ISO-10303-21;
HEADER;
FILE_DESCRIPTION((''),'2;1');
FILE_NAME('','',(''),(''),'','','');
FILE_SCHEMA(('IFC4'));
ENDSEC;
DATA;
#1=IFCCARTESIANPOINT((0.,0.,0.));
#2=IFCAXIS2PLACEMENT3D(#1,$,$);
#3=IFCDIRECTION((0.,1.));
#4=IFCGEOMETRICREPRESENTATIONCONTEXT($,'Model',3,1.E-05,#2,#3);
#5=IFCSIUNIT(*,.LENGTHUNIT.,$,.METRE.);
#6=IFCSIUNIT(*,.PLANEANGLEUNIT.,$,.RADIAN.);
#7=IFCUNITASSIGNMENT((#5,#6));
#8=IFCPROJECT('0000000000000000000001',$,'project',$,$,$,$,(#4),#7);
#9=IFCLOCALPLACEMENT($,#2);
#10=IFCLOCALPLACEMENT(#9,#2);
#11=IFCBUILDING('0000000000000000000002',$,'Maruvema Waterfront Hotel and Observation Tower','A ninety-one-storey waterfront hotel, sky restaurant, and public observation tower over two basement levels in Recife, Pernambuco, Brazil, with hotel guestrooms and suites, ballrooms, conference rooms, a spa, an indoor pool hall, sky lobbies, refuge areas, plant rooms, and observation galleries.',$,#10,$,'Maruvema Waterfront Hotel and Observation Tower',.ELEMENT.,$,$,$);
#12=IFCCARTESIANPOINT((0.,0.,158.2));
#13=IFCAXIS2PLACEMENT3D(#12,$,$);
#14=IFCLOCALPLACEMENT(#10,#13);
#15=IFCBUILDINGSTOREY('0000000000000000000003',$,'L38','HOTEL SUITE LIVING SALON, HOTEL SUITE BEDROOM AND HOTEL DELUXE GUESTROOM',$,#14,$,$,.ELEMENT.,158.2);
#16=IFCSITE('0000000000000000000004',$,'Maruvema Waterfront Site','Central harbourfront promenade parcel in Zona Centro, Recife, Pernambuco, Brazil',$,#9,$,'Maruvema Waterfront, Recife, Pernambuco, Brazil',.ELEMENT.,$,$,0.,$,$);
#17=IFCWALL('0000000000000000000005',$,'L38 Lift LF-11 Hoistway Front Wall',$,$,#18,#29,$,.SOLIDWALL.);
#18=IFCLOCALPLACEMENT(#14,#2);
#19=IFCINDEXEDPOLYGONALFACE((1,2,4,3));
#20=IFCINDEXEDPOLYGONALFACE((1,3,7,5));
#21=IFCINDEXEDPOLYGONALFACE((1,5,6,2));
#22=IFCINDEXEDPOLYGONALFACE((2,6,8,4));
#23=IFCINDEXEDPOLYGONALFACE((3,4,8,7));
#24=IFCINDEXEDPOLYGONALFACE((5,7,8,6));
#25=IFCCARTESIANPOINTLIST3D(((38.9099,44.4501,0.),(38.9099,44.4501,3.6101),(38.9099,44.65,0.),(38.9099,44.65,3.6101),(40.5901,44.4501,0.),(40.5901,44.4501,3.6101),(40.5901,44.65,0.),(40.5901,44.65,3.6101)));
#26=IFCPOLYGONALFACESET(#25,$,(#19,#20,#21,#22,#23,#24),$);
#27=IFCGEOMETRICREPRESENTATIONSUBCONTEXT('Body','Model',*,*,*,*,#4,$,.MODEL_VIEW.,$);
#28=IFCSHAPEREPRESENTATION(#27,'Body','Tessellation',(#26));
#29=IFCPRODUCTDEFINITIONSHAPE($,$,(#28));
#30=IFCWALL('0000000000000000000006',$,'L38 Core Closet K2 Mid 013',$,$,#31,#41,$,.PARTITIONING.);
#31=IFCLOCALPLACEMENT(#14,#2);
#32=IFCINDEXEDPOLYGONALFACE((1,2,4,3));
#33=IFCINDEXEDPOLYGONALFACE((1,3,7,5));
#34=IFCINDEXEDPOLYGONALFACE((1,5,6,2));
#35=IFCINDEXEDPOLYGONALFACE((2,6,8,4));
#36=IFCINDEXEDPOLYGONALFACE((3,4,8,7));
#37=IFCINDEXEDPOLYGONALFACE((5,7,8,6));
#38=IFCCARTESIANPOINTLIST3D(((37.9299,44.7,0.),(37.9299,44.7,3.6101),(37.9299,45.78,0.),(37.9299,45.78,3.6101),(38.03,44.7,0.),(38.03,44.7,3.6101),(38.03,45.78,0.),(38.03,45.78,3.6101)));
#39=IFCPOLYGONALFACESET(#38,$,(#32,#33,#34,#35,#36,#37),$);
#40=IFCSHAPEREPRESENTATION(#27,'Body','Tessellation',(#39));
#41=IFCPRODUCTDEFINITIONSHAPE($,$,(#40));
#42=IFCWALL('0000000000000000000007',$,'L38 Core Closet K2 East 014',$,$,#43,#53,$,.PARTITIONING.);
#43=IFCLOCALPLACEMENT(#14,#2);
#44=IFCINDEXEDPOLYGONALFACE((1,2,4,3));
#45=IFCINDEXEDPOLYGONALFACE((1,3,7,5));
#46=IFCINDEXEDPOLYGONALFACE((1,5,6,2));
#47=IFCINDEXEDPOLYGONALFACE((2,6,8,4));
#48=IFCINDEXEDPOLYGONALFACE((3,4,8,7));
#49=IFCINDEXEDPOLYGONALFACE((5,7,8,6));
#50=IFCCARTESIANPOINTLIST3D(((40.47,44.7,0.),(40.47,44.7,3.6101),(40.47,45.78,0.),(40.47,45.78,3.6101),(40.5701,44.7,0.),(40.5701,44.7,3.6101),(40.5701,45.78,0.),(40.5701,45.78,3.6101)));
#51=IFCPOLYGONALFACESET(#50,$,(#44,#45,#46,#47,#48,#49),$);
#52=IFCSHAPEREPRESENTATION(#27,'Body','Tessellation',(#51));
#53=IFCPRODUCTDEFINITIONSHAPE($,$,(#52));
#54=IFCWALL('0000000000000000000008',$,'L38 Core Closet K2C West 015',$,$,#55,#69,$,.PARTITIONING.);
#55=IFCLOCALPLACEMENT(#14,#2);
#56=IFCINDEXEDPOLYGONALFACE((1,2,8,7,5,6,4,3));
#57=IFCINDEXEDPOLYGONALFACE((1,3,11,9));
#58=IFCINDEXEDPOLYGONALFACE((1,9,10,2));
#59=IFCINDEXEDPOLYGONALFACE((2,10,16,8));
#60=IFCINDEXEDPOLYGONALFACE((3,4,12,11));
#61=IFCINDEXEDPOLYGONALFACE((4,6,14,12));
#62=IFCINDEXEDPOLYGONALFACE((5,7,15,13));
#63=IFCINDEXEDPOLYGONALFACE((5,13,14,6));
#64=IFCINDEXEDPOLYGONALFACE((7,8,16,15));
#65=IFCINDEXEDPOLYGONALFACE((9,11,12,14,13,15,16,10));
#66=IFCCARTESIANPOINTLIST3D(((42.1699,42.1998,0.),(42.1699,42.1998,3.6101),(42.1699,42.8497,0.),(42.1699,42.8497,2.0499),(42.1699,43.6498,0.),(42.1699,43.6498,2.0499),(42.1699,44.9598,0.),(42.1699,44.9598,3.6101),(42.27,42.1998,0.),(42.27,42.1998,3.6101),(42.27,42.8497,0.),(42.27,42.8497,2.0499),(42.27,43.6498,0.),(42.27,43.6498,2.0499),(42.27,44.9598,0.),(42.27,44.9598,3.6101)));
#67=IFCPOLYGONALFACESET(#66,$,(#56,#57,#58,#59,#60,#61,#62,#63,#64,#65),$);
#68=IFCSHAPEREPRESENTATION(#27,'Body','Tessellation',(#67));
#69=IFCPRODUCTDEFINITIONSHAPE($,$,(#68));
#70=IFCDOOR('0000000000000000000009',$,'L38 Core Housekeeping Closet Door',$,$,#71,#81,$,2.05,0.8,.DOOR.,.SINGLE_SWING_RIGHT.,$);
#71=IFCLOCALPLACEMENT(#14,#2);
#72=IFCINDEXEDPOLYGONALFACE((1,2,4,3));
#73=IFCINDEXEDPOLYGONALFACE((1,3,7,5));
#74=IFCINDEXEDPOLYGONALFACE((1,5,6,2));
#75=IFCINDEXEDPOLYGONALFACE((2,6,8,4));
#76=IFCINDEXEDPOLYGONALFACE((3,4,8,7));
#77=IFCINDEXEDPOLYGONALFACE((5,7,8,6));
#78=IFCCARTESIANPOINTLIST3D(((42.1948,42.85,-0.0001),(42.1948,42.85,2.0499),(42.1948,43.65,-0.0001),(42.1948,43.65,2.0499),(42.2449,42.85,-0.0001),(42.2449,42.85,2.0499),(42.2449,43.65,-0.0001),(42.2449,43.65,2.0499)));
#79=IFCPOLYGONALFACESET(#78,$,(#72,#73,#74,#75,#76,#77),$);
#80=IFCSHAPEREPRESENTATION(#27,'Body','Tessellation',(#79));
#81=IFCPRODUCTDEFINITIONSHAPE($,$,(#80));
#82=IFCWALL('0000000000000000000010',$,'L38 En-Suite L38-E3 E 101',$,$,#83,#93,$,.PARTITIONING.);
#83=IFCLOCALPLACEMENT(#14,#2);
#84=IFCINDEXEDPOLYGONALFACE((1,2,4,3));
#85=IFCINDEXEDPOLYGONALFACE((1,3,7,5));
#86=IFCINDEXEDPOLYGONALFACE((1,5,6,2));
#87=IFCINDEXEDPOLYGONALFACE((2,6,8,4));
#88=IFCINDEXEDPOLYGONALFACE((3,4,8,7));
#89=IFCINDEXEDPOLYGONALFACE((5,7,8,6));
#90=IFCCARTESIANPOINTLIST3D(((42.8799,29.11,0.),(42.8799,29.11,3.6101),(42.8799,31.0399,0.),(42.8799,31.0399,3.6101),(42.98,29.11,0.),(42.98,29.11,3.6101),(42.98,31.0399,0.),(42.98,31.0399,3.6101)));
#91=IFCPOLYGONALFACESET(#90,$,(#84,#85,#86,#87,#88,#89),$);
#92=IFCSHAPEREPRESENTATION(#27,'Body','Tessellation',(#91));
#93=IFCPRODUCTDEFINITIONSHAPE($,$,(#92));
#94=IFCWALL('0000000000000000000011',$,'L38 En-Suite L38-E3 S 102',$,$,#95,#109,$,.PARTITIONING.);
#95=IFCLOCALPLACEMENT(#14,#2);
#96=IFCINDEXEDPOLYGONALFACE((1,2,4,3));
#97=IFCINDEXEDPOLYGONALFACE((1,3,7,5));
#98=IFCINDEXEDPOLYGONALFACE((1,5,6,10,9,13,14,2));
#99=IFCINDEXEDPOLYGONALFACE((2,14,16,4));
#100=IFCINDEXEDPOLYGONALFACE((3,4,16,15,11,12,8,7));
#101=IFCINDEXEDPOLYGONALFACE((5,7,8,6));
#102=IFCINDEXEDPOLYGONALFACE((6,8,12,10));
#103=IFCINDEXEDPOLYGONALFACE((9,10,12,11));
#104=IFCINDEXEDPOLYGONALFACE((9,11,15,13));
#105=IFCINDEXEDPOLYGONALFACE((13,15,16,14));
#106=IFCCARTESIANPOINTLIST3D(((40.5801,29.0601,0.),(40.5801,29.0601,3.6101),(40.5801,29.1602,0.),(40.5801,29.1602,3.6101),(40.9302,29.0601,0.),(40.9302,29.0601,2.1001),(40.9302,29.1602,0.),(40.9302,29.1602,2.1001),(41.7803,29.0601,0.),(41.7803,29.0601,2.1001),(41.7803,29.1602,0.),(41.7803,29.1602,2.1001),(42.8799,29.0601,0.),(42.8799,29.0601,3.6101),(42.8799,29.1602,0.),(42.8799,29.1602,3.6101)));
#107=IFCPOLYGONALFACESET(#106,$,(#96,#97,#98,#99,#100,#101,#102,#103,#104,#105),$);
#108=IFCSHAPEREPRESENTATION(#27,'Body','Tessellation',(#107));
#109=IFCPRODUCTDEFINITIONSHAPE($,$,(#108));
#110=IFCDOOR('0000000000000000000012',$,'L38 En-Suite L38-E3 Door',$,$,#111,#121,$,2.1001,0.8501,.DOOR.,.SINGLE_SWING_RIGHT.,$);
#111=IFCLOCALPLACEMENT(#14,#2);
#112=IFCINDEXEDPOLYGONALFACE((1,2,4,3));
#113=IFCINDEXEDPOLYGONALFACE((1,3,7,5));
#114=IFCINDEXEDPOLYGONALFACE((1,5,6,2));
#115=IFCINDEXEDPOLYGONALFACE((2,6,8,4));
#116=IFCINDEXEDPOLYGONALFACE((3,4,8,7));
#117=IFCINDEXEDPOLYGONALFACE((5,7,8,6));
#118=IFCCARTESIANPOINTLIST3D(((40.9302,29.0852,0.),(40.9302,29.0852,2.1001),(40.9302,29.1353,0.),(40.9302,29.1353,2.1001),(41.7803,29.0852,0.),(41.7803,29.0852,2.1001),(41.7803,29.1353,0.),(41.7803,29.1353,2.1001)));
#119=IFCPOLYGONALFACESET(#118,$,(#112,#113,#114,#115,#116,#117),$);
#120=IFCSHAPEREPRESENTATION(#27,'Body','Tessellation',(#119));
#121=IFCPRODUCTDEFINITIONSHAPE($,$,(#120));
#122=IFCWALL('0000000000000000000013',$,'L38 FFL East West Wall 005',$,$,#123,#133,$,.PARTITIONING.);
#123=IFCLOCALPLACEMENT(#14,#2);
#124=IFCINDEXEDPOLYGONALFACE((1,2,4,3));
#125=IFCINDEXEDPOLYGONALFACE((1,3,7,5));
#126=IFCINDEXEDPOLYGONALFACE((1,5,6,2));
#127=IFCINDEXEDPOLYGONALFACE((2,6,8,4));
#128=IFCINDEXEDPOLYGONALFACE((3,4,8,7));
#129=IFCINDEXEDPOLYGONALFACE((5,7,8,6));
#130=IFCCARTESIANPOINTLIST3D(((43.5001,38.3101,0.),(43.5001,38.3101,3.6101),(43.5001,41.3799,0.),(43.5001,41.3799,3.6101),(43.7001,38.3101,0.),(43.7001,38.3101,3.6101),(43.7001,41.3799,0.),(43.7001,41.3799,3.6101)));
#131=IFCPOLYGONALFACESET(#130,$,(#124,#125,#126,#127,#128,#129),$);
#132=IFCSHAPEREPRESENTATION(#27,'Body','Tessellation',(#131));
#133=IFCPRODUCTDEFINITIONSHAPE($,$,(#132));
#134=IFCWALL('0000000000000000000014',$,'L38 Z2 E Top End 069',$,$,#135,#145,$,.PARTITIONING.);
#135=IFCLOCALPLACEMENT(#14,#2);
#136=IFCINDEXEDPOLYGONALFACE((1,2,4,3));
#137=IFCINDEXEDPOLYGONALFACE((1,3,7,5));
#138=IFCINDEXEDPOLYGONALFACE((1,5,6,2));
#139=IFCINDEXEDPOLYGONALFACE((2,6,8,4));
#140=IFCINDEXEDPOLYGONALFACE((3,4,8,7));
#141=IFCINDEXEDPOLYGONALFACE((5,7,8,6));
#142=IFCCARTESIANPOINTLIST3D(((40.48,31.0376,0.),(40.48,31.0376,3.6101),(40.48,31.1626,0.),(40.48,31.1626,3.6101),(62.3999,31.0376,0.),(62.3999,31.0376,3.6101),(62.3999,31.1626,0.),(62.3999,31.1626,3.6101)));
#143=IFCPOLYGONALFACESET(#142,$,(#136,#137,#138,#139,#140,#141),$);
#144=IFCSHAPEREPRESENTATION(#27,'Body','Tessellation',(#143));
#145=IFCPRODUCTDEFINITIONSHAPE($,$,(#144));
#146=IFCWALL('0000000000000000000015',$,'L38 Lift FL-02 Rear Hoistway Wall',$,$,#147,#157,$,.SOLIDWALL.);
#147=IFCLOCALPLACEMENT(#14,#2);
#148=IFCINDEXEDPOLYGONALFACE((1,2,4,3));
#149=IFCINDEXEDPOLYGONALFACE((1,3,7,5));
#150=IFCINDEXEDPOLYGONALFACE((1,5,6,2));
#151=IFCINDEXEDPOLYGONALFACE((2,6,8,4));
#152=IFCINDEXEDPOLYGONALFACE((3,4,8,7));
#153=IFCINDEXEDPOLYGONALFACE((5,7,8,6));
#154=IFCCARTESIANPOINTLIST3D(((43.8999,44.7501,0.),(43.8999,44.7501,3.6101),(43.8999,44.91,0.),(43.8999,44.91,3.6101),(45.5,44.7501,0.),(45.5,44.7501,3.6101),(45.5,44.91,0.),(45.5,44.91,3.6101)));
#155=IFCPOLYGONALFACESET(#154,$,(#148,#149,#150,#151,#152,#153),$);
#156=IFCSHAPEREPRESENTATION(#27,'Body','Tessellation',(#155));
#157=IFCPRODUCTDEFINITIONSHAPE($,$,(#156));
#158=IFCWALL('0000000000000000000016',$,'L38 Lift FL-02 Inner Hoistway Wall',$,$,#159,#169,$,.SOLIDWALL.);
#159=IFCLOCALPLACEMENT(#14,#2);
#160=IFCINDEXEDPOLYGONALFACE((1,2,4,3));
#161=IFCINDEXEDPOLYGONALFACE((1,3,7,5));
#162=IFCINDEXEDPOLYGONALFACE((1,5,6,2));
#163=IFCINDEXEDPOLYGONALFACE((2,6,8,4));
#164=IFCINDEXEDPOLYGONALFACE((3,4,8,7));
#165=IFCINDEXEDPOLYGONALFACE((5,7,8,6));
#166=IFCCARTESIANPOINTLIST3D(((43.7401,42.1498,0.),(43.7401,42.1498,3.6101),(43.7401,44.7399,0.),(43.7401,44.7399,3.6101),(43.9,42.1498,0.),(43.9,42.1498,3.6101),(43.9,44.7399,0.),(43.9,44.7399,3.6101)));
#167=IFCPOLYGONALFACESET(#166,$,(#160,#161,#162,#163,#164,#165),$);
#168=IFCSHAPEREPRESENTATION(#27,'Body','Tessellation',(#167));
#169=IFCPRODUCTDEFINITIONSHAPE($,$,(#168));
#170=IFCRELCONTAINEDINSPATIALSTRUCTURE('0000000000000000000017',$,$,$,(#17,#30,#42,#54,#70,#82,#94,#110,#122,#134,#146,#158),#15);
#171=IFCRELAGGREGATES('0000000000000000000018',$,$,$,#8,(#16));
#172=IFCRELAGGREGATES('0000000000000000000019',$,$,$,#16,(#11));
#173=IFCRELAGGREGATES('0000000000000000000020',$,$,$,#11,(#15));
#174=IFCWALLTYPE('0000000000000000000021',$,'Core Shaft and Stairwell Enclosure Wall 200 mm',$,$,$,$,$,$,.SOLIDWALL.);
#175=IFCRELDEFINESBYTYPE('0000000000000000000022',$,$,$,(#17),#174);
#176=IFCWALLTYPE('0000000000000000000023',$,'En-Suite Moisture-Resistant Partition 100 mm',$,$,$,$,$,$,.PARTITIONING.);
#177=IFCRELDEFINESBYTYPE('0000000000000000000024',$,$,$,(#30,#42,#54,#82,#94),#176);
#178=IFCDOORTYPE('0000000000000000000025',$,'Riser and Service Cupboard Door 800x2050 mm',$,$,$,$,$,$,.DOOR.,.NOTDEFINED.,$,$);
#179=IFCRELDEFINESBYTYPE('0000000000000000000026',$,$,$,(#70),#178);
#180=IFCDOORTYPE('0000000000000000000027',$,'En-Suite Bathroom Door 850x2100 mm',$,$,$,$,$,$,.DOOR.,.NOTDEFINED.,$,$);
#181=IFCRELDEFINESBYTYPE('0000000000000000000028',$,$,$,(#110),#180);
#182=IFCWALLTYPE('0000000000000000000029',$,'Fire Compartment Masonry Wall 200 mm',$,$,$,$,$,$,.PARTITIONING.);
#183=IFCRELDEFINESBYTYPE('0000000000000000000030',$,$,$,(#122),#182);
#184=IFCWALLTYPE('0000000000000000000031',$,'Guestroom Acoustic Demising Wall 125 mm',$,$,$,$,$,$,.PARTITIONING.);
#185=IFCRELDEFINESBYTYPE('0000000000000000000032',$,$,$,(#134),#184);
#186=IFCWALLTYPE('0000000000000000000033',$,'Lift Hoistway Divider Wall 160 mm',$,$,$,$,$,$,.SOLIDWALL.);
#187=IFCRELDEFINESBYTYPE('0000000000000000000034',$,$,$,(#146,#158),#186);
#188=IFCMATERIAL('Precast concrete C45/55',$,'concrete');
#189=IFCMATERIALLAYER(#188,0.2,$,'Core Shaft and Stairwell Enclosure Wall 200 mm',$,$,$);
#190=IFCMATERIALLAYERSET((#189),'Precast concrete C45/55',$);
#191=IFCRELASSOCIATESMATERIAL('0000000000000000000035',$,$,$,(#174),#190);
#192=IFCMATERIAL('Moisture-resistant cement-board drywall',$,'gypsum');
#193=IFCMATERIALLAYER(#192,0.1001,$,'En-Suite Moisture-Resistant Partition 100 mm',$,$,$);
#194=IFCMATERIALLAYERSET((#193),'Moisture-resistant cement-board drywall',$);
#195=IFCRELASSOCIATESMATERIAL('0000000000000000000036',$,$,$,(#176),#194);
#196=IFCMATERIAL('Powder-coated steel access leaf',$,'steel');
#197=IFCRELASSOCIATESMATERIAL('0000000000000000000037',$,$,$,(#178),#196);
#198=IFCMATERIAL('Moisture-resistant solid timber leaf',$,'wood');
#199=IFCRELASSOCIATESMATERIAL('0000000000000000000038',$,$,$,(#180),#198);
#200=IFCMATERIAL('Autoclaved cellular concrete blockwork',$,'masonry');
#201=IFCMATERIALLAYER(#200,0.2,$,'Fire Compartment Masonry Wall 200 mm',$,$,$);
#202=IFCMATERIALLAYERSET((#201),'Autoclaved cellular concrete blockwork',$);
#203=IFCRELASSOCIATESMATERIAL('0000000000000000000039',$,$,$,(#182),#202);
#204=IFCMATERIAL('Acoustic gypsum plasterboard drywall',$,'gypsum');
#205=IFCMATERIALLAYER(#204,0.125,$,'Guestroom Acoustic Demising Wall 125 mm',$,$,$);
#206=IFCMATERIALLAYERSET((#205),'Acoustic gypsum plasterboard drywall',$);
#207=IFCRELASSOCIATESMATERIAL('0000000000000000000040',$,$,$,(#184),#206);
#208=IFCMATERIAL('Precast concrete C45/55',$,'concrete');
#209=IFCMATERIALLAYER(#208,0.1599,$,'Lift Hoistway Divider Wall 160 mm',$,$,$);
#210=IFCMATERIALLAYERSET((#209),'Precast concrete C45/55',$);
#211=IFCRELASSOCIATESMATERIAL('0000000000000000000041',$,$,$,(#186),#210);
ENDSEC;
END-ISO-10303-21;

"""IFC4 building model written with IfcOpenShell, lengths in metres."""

from ifc_helpers import new_model, si_unit, direction, frame, frame_2d, origin, place, context, subcontext, project, spatial, rectangle, extrude, material, layer, layer_set, type_object, element, fill, save


model = new_model("IFC4")

# Units and contexts
model_context = context("Model", 3, precision=1e-05, world=origin(), true_north=direction((0.0, 1.0)))
body_context = subcontext(model_context, "Body", "Model", "MODEL_VIEW")
ifc_project = project(units=[si_unit("LENGTHUNIT", "METRE"), si_unit("PLANEANGLEUNIT", "RADIAN")], contexts=[model_context])

# Site, building, storey
site_placement = place(None, origin())
site = spatial("IfcSite", under=ifc_project, at=site_placement, Name="Maruvema Waterfront Site", Description="Central harbourfront promenade parcel in Zona Centro, Recife, Pernambuco, Brazil", LongName="Maruvema Waterfront, Recife, Pernambuco, Brazil", CompositionType="ELEMENT", RefElevation=0.0)
building_placement = place(site_placement, origin())
building = spatial("IfcBuilding", under=site, at=building_placement, Name="Maruvema Waterfront Hotel and Observation Tower", Description="A ninety-one-storey waterfront hotel, sky restaurant, and public observation tower over two basement levels in Recife, Pernambuco, Brazil, with hotel guestrooms and suites, ballrooms, conference rooms, a spa, an indoor pool hall, sky lobbies, refuge areas, plant rooms, and observation galleries.", LongName="Maruvema Waterfront Hotel and Observation Tower", CompositionType="ELEMENT")
storey_placement = place(building_placement, frame((0.0, 0.0, 158.2)))
storey = spatial("IfcBuildingStorey", under=building, at=storey_placement, Name="L38", Description="HOTEL SUITE LIVING SALON, HOTEL SUITE BEDROOM AND HOTEL DELUXE GUESTROOM", CompositionType="ELEMENT", Elevation=158.2)

# Wall
ifc_material_1 = material(Name="Precast concrete C45/55", Category="concrete")
ifc_layer_1 = layer(ifc_material_1, 0.2, Name="Core Shaft and Stairwell Enclosure Wall 200 mm")
ifc_layer_set_1 = layer_set([ifc_layer_1], Name="Precast concrete C45/55")
wall_type_1 = type_object("IfcWallType", Name="Core Shaft and Stairwell Enclosure Wall 200 mm", PredefinedType="SOLIDWALL", material=ifc_layer_set_1)
wall_1_placement = place(storey_placement, frame((38.9099, 44.55, 0.0), z_axis=(0.0, 0.0, 1.0), x_axis=(1.0, 0.0, 0.0)))
element("IfcWall", 1, at=wall_1_placement, inside=storey, type_object=wall_type_1, Name="L38 Lift LF-11 Hoistway Front Wall", PredefinedType="SOLIDWALL", context=body_context, shape_type="SweptSolid", body=[
    extrude(rectangle(XDim=1.6802, YDim=0.2, at=frame_2d((0.8401, 0.0))), origin(), (0.0, 0.0, 1.0), 3.6101),
])

# Walls
ifc_material_2 = material(Name="Moisture-resistant cement-board drywall", Category="gypsum")
ifc_layer_2 = layer(ifc_material_2, 0.1001, Name="En-Suite Moisture-Resistant Partition 100 mm")
ifc_layer_set_2 = layer_set([ifc_layer_2], Name="Moisture-resistant cement-board drywall")
wall_type_2 = type_object("IfcWallType", Name="En-Suite Moisture-Resistant Partition 100 mm", PredefinedType="PARTITIONING", material=ifc_layer_set_2)
for number, where, z_axis, x_axis, name in (
    (2, (37.98, 44.7, 0.0), (0.0, 0.0, 1.0), (0.0, 1.0, 0.0), "L38 Core Closet K2 Mid 013"),
    (3, (40.52, 44.7, 0.0), (0.0, 0.0, 1.0), (0.0, 1.0, 0.0), "L38 Core Closet K2 East 014"),
):
    element("IfcWall", number, at=place(storey_placement, frame(where, z_axis=z_axis, x_axis=x_axis)), inside=storey, type_object=wall_type_2, Name=name, PredefinedType="PARTITIONING", context=body_context, shape_type="SweptSolid", body=[
        extrude(rectangle(XDim=1.0801, YDim=0.1001, at=frame_2d((0.54, 0.0))), origin(), (0.0, 0.0, 1.0), 3.6101),
    ])

# Wall, opening, door
wall_2_placement = place(storey_placement, frame((42.22, 42.2, 0.0), z_axis=(0.0, 0.0, 1.0), x_axis=(0.0, 1.0, 0.0)))
wall_2 = element("IfcWall", 4, at=wall_2_placement, inside=storey, type_object=wall_type_2, Name="L38 Core Closet K2C West 015", PredefinedType="PARTITIONING", context=body_context, shape_type="SweptSolid", body=[
    extrude(rectangle(XDim=2.76, YDim=0.1001, at=frame_2d((1.3799, 0.0))), origin(), (0.0, 0.0, 1.0), 3.6101),
])
opening_1_placement = place(wall_2_placement, frame((0.6499, 0.0, 0.0)))
opening_1 = element("IfcOpeningElement", 5, at=opening_1_placement, cuts=wall_2, PredefinedType="OPENING", context=body_context, shape_type="SweptSolid", body=[
    extrude(rectangle(XDim=0.8, YDim=2.05, at=frame_2d((0.3999, 1.0249))), frame((0.0, 0.0601, 0.0), z_axis=(0.0, -1.0, 0.0), x_axis=(1.0, 0.0, 0.0)), (0.0, 0.0, 1.0), 0.1201),
])
ifc_material_3 = material(Name="Powder-coated steel access leaf", Category="steel")
door_type_1 = type_object("IfcDoorType", Name="Riser and Service Cupboard Door 800x2050 mm", OperationType="NOTDEFINED", PredefinedType="DOOR", material=ifc_material_3)
door_1_placement = place(opening_1_placement, frame((0.8, 0.0, 0.0), z_axis=(0.0, 0.0, 1.0), x_axis=(-1.0, 0.0, 0.0)))
door_1 = element("IfcDoor", 6, at=door_1_placement, inside=storey, type_object=door_type_1, Name="L38 Core Housekeeping Closet Door", OperationType="SINGLE_SWING_RIGHT", OverallHeight=2.05, OverallWidth=0.8, PredefinedType="DOOR", context=body_context, shape_type="SweptSolid", body=[
    extrude(rectangle(XDim=0.8, YDim=2.05, at=frame_2d((0.3999, 1.0249))), frame((0.0, 0.0249, 0.0), z_axis=(0.0, -1.0, 0.0), x_axis=(1.0, 0.0, 0.0)), (0.0, 0.0, 1.0), 0.05),
])
fill(opening_1, door_1)

# Wall
wall_3_placement = place(storey_placement, frame((42.9299, 29.1101, 0.0), z_axis=(0.0, 0.0, 1.0), x_axis=(0.0, 1.0, 0.0)))
element("IfcWall", 7, at=wall_3_placement, inside=storey, type_object=wall_type_2, Name="L38 En-Suite L38-E3 E 101", PredefinedType="PARTITIONING", context=body_context, shape_type="SweptSolid", body=[
    extrude(rectangle(XDim=1.9299, YDim=0.1001, at=frame_2d((0.9648, 0.0))), origin(), (0.0, 0.0, 1.0), 3.6101),
])

# Wall, opening, door
wall_4_placement = place(storey_placement, frame((40.5801, 29.1101, 0.0), z_axis=(0.0, 0.0, 1.0), x_axis=(1.0, 0.0, 0.0)))
wall_4 = element("IfcWall", 8, at=wall_4_placement, inside=storey, type_object=wall_type_2, Name="L38 En-Suite L38-E3 S 102", PredefinedType="PARTITIONING", context=body_context, shape_type="SweptSolid", body=[
    extrude(rectangle(XDim=2.2998, YDim=0.1001, at=frame_2d((1.1499, 0.0))), origin(), (0.0, 0.0, 1.0), 3.6101),
])
opening_2_placement = place(wall_4_placement, frame((0.3501, 0.0, 0.0)))
opening_2 = element("IfcOpeningElement", 9, at=opening_2_placement, cuts=wall_4, PredefinedType="OPENING", context=body_context, shape_type="SweptSolid", body=[
    extrude(rectangle(XDim=0.8501, YDim=2.1001, at=frame_2d((0.425, 1.05))), frame((0.0, 0.0601, 0.0), z_axis=(0.0, -1.0, 0.0), x_axis=(1.0, 0.0, 0.0)), (0.0, 0.0, 1.0), 0.1201),
])
ifc_material_4 = material(Name="Moisture-resistant solid timber leaf", Category="wood")
door_type_2 = type_object("IfcDoorType", Name="En-Suite Bathroom Door 850x2100 mm", OperationType="NOTDEFINED", PredefinedType="DOOR", material=ifc_material_4)
door_2_placement = place(opening_2_placement, frame((0.8501, 0.0, 0.0), z_axis=(0.0, 0.0, 1.0), x_axis=(-1.0, 0.0, 0.0)))
door_2 = element("IfcDoor", 10, at=door_2_placement, inside=storey, type_object=door_type_2, Name="L38 En-Suite L38-E3 Door", OperationType="SINGLE_SWING_RIGHT", OverallHeight=2.1001, OverallWidth=0.8501, PredefinedType="DOOR", context=body_context, shape_type="SweptSolid", body=[
    extrude(rectangle(XDim=0.8501, YDim=2.1001, at=frame_2d((0.425, 1.05))), frame((0.0, 0.0249, 0.0), z_axis=(0.0, -1.0, 0.0), x_axis=(1.0, 0.0, 0.0)), (0.0, 0.0, 1.0), 0.05),
])
fill(opening_2, door_2)
ifc_material_5 = material(Name="Autoclaved cellular concrete blockwork", Category="masonry")
ifc_layer_3 = layer(ifc_material_5, 0.2, Name="Fire Compartment Masonry Wall 200 mm")
ifc_layer_set_3 = layer_set([ifc_layer_3], Name="Autoclaved cellular concrete blockwork")
wall_type_3 = type_object("IfcWallType", Name="Fire Compartment Masonry Wall 200 mm", PredefinedType="PARTITIONING", material=ifc_layer_set_3)

# Walls
wall_5_placement = place(storey_placement, frame((43.6001, 38.3101, 0.0), z_axis=(0.0, 0.0, 1.0), x_axis=(0.0, 1.0, 0.0)))
element("IfcWall", 11, at=wall_5_placement, inside=storey, type_object=wall_type_3, Name="L38 FFL East West Wall 005", PredefinedType="PARTITIONING", context=body_context, shape_type="SweptSolid", body=[
    extrude(rectangle(XDim=3.0698, YDim=0.2, at=frame_2d((1.5349, 0.0))), origin(), (0.0, 0.0, 1.0), 3.6101),
])
ifc_material_6 = material(Name="Acoustic gypsum plasterboard drywall", Category="gypsum")
ifc_layer_4 = layer(ifc_material_6, 0.125, Name="Guestroom Acoustic Demising Wall 125 mm")
ifc_layer_set_4 = layer_set([ifc_layer_4], Name="Acoustic gypsum plasterboard drywall")
wall_type_4 = type_object("IfcWallType", Name="Guestroom Acoustic Demising Wall 125 mm", PredefinedType="PARTITIONING", material=ifc_layer_set_4)
wall_6_placement = place(storey_placement, frame((40.48, 31.1001, 0.0), z_axis=(0.0, 0.0, 1.0), x_axis=(1.0, 0.0, 0.0)))
element("IfcWall", 12, at=wall_6_placement, inside=storey, type_object=wall_type_4, Name="L38 Z2 E Top End 069", PredefinedType="PARTITIONING", context=body_context, shape_type="SweptSolid", body=[
    extrude(rectangle(XDim=21.9199, YDim=0.125, at=frame_2d((10.96, 0.0))), origin(), (0.0, 0.0, 1.0), 3.6101),
])
ifc_material_7 = material(Name="Precast concrete C45/55", Category="concrete")
ifc_layer_5 = layer(ifc_material_7, 0.1599, Name="Lift Hoistway Divider Wall 160 mm")
ifc_layer_set_5 = layer_set([ifc_layer_5], Name="Precast concrete C45/55")
wall_type_5 = type_object("IfcWallType", Name="Lift Hoistway Divider Wall 160 mm", PredefinedType="SOLIDWALL", material=ifc_layer_set_5)
wall_7_placement = place(storey_placement, frame((43.8999, 44.8301, 0.0), z_axis=(0.0, 0.0, 1.0), x_axis=(1.0, 0.0, 0.0)))
element("IfcWall", 13, at=wall_7_placement, inside=storey, type_object=wall_type_5, Name="L38 Lift FL-02 Rear Hoistway Wall", PredefinedType="SOLIDWALL", context=body_context, shape_type="SweptSolid", body=[
    extrude(rectangle(XDim=1.6001, YDim=0.1599, at=frame_2d((0.8, 0.0))), origin(), (0.0, 0.0, 1.0), 3.6101),
])
wall_8_placement = place(storey_placement, frame((43.8201, 42.1499, 0.0), z_axis=(0.0, 0.0, 1.0), x_axis=(0.0, 1.0, 0.0)))
element("IfcWall", 14, at=wall_8_placement, inside=storey, type_object=wall_type_5, Name="L38 Lift FL-02 Inner Hoistway Wall", PredefinedType="SOLIDWALL", context=body_context, shape_type="SweptSolid", body=[
    extrude(rectangle(XDim=2.5901, YDim=0.1599, at=frame_2d((1.2949, 0.0))), origin(), (0.0, 0.0, 1.0), 3.6101),
])

save(model, "model.ifc")
